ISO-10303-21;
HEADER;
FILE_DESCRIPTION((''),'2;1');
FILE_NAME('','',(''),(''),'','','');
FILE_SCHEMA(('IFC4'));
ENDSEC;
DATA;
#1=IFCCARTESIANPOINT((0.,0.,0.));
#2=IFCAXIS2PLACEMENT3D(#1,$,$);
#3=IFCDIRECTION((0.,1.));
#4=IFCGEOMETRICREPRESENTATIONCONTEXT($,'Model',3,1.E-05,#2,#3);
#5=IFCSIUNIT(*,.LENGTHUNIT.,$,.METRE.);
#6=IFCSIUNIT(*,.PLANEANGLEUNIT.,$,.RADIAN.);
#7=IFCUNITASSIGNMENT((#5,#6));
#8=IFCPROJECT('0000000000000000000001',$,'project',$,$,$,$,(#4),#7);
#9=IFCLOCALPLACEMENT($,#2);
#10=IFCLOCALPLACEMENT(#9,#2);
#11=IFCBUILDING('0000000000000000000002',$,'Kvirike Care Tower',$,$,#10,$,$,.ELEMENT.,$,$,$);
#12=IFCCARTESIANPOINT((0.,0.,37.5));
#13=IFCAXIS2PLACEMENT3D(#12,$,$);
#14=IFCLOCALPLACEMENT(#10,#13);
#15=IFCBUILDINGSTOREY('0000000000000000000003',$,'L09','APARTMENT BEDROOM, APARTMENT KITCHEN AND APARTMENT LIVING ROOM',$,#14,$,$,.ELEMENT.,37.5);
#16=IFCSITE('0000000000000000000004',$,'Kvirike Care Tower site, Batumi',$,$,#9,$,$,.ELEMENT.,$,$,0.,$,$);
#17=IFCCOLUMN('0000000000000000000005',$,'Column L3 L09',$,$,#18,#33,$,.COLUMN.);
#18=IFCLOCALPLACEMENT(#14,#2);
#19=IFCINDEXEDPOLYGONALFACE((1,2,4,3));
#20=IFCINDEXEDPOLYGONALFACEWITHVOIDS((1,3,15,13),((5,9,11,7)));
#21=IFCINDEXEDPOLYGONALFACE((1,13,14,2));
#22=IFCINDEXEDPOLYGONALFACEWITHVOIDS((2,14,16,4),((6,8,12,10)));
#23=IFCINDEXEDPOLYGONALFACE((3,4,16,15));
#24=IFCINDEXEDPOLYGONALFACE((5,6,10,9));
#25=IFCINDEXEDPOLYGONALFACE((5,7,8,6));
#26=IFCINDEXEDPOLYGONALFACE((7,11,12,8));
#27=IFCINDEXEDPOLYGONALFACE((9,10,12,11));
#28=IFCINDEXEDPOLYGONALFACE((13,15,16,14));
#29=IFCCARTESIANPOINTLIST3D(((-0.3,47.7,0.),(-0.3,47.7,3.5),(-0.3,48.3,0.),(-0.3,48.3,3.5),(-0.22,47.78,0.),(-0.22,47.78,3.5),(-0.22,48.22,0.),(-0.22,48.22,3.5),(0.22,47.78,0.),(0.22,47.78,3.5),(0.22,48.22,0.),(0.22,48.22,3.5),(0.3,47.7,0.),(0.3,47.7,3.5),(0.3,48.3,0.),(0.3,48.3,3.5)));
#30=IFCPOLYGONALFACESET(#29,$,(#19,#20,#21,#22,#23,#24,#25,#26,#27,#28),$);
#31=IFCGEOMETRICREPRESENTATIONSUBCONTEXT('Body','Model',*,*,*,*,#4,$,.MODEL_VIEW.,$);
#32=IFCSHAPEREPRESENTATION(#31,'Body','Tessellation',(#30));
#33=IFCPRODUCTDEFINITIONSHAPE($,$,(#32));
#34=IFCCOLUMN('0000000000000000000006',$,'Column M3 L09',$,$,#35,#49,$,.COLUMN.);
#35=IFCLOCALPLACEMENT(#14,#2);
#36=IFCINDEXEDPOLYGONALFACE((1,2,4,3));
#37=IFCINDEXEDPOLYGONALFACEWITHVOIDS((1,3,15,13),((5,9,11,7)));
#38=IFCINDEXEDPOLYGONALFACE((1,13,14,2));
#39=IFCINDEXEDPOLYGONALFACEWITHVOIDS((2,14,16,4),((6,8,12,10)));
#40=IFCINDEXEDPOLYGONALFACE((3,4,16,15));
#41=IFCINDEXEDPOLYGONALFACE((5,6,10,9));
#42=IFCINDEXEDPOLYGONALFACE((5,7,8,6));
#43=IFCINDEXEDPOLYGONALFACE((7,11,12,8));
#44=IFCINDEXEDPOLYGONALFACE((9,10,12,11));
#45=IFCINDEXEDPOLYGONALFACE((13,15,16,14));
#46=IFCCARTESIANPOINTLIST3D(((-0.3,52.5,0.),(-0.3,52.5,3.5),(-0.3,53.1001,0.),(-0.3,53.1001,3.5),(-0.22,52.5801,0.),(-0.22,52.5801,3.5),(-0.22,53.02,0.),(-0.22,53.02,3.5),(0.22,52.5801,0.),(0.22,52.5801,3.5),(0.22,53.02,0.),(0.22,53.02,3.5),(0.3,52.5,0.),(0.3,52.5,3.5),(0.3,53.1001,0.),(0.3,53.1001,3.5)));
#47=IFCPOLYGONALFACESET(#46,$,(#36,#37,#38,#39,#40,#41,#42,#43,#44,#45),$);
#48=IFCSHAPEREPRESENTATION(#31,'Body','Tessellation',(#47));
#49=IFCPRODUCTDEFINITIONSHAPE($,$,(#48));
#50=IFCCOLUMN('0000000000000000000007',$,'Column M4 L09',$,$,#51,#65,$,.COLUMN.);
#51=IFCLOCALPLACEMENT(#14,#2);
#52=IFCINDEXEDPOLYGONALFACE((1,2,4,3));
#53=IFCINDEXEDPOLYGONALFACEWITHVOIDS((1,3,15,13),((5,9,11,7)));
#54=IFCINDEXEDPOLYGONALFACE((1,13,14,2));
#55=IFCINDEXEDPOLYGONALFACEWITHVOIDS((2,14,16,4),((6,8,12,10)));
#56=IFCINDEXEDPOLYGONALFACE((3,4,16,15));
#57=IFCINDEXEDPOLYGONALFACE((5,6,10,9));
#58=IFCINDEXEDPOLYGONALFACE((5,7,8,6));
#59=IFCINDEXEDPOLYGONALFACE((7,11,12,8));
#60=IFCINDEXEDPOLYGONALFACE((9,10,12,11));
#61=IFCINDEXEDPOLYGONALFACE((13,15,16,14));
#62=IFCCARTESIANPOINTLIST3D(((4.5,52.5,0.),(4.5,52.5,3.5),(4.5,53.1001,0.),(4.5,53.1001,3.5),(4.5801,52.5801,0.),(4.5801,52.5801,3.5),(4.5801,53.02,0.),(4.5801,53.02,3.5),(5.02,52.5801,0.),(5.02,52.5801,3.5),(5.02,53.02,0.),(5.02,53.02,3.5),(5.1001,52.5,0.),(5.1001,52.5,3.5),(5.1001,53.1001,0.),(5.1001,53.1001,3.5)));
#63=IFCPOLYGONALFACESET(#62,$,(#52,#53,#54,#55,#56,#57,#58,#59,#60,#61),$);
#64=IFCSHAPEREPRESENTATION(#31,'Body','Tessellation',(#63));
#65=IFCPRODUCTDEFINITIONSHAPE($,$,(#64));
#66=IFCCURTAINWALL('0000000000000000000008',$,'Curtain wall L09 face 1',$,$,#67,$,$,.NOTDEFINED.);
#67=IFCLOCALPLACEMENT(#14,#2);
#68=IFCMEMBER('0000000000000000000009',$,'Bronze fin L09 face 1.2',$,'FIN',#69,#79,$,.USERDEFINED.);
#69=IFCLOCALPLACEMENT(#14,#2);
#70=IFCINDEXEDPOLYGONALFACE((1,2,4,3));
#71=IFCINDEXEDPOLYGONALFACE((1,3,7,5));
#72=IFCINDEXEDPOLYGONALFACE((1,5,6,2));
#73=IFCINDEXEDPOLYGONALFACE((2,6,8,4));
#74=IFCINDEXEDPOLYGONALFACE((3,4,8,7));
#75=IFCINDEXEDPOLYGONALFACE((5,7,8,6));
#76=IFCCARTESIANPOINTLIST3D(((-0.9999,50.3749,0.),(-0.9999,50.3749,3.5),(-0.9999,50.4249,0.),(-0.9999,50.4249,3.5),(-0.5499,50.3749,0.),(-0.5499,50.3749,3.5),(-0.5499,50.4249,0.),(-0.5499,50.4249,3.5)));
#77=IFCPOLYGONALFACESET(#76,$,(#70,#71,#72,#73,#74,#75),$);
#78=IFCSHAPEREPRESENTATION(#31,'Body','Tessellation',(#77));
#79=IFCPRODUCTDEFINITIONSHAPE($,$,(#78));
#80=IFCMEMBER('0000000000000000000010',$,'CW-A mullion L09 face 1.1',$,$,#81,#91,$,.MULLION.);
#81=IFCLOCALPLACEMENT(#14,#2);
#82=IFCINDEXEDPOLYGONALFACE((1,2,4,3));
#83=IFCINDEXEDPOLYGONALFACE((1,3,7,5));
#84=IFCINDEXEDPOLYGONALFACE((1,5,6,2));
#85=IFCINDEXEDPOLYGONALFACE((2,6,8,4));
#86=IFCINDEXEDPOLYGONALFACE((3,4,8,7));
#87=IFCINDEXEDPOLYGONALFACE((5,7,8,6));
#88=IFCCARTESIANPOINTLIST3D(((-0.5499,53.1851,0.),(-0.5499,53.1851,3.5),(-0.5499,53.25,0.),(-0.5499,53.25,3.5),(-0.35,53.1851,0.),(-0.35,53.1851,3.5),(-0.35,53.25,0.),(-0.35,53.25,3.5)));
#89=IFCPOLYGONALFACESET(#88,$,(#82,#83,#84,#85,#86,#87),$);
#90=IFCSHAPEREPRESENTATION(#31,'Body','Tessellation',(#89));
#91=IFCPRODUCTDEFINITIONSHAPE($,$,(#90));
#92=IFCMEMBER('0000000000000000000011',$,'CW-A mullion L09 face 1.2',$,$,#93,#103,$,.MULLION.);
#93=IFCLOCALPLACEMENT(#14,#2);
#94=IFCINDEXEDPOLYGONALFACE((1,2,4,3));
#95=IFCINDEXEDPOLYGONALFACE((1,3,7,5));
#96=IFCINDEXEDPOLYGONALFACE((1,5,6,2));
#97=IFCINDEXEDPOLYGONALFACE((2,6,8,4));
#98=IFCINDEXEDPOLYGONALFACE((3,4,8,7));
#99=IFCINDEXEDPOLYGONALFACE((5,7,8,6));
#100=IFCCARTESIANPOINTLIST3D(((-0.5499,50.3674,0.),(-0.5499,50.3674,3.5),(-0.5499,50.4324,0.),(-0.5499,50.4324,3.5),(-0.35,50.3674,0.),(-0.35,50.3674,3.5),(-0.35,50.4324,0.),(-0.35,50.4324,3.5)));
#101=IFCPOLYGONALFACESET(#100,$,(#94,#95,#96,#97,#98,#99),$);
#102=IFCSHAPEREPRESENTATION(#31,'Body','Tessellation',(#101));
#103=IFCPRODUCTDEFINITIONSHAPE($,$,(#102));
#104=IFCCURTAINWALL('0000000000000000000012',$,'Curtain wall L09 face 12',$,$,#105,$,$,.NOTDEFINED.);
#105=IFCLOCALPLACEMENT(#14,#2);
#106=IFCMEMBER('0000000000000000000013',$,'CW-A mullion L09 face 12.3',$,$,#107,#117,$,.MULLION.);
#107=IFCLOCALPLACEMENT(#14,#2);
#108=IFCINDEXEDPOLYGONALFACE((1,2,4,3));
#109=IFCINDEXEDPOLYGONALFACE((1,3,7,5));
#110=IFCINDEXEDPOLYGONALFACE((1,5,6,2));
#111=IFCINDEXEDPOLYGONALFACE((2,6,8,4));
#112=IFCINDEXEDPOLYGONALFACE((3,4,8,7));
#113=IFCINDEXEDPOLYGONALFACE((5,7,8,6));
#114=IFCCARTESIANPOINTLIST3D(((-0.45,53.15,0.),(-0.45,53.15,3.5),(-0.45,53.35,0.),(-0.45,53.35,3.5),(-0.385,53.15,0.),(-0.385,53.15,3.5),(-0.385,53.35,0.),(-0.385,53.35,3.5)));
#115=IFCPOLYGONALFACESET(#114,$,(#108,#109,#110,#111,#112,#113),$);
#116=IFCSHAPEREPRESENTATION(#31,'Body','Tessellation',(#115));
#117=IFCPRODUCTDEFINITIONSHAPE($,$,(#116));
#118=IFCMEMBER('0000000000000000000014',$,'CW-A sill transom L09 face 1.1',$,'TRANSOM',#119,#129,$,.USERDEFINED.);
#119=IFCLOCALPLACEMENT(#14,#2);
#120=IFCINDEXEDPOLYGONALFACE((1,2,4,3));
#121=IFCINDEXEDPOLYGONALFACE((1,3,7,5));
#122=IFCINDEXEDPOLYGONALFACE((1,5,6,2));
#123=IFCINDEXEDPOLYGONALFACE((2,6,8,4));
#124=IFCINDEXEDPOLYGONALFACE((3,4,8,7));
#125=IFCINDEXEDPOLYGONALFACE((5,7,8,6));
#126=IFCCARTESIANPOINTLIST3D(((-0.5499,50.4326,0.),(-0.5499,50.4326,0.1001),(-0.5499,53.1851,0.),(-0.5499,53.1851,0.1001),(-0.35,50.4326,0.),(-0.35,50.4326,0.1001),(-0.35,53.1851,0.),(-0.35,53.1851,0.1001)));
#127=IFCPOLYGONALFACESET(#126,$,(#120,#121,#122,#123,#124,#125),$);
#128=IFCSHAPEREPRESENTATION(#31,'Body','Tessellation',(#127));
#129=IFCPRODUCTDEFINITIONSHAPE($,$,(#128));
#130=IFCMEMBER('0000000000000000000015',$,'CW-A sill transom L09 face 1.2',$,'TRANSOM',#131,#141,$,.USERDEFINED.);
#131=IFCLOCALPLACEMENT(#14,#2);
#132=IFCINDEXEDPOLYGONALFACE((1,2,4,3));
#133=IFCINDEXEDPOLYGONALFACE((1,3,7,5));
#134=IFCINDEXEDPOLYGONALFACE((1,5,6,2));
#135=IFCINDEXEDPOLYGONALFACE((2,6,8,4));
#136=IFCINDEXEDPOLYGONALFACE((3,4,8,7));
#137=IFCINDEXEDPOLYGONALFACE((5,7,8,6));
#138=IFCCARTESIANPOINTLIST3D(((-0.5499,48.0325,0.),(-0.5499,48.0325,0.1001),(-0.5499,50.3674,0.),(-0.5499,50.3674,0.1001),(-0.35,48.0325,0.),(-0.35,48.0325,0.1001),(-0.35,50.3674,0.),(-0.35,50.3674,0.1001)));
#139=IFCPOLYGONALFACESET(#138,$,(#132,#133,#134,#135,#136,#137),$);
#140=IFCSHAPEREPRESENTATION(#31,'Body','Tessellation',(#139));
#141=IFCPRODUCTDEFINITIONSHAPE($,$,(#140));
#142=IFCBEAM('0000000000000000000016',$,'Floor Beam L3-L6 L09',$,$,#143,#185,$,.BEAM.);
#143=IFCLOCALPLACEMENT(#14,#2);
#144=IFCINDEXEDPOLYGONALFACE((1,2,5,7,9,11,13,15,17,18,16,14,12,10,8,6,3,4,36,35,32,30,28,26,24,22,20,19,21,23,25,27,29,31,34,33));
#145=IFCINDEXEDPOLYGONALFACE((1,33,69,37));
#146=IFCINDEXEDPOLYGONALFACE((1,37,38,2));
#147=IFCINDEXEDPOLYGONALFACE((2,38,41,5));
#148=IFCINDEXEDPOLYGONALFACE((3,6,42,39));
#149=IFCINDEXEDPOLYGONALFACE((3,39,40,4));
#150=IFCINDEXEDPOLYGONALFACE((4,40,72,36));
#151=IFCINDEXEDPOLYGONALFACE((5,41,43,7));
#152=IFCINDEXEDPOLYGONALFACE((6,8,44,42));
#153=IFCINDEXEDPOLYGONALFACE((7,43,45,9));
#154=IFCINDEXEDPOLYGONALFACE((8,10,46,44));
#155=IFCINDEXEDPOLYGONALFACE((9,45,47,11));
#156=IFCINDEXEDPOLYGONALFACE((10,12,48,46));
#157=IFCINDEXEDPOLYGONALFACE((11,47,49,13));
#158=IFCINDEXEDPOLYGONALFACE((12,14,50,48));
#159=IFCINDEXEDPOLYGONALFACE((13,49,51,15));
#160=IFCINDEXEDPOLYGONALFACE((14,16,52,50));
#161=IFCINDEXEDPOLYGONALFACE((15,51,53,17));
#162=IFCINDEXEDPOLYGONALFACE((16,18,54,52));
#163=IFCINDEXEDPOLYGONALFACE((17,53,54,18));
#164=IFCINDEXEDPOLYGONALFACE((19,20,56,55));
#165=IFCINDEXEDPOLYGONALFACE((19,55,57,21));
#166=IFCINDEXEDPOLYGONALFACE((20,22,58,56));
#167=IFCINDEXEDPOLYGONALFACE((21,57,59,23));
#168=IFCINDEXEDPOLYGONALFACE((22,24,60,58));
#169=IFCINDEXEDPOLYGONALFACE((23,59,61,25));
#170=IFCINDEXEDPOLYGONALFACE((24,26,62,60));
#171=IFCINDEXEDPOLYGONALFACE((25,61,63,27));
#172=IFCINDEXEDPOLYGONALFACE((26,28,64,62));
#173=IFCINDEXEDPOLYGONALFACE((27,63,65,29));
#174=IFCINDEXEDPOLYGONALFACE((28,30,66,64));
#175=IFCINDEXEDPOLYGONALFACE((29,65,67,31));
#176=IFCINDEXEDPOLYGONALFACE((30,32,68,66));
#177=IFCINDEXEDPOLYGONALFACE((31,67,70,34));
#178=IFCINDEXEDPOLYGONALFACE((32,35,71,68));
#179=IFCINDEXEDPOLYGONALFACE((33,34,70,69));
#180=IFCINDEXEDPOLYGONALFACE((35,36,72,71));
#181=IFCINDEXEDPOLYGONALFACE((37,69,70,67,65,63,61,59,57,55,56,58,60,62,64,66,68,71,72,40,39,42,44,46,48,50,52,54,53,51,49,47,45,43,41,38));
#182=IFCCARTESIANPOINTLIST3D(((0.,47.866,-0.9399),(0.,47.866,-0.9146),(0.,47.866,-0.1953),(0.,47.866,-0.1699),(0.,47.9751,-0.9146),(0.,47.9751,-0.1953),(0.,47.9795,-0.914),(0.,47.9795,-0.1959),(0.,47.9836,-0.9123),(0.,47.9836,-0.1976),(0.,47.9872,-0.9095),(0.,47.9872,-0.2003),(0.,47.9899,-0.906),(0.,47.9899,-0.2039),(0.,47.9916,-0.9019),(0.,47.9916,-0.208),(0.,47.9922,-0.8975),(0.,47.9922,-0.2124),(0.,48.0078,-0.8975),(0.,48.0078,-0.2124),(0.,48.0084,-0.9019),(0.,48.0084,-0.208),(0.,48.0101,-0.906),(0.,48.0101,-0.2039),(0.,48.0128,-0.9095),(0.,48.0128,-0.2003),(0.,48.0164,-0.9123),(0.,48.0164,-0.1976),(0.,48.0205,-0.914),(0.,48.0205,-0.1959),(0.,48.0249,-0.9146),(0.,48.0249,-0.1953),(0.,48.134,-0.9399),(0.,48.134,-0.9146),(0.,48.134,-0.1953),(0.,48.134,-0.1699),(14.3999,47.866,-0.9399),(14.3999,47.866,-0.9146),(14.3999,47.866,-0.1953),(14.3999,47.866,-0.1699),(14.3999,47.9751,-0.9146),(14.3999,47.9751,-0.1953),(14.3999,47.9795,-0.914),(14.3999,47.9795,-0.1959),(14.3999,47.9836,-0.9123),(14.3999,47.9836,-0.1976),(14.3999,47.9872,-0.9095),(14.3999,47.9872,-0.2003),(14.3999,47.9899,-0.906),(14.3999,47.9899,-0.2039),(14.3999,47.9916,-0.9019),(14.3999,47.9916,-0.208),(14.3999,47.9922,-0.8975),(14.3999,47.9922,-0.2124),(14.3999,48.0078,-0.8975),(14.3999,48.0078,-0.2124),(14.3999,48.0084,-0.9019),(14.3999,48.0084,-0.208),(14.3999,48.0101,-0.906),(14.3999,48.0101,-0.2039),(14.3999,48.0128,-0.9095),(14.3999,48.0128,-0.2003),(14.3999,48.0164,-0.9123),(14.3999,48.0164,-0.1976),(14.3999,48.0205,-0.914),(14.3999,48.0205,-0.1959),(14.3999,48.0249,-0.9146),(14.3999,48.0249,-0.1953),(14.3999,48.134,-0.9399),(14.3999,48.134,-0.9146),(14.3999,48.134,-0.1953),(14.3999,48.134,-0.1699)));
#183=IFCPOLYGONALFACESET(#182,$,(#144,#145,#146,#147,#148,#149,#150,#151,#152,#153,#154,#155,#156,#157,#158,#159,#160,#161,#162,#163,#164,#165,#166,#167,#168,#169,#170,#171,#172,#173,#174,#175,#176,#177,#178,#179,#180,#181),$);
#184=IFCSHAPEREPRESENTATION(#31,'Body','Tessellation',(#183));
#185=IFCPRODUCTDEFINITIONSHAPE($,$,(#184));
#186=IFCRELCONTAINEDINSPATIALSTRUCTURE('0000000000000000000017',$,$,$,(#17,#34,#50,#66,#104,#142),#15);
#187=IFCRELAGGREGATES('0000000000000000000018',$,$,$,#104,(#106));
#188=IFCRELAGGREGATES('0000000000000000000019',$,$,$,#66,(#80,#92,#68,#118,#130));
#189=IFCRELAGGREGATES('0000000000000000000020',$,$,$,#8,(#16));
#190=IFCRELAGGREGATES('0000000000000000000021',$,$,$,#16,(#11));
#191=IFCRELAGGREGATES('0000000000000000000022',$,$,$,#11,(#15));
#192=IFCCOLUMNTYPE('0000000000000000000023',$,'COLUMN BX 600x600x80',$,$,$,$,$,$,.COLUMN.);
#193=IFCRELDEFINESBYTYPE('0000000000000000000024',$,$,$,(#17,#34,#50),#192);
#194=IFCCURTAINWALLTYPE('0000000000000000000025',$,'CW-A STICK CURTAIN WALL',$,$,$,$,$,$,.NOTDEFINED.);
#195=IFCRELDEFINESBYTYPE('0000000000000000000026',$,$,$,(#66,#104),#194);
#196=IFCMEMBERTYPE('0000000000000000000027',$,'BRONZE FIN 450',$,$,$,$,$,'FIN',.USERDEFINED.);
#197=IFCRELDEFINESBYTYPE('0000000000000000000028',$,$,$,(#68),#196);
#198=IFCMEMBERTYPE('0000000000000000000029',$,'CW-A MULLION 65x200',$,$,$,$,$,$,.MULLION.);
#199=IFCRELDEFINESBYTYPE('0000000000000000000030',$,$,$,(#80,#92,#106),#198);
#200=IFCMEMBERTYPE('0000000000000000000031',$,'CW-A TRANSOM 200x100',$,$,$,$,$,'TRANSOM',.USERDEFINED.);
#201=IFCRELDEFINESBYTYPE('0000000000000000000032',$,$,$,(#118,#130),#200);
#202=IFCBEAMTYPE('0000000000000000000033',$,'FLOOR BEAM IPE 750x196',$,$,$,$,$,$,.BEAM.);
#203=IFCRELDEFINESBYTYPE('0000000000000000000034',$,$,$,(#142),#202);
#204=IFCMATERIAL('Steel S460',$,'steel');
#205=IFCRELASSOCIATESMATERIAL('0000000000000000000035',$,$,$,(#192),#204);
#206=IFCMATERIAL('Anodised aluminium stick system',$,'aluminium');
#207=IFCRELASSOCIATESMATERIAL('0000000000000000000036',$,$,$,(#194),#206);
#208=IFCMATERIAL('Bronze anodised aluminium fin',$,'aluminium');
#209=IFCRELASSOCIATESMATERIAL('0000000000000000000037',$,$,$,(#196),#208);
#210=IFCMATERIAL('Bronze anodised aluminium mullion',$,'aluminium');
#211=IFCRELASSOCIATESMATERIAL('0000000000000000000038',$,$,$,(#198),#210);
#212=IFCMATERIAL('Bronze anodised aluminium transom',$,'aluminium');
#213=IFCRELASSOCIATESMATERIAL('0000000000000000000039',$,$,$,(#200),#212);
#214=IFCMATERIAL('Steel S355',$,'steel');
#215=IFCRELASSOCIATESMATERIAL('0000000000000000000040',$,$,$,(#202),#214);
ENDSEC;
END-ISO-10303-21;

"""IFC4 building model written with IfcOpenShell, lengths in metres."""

from ifc_helpers import new_model, si_unit, direction, frame, origin, origin_2d, place, context, subcontext, project, spatial, rectangle, hollow_rectangle, i_section, extrude, material, material_profile, profile_set, type_object, element, aggregate, save


model = new_model("IFC4")

# Units and contexts
model_context = context("Model", 3, precision=1e-05, world=origin(), true_north=direction((0.0, 1.0)))
body_context = subcontext(model_context, "Body", "Model", "MODEL_VIEW")
ifc_project = project(units=[si_unit("LENGTHUNIT", "METRE"), si_unit("PLANEANGLEUNIT", "RADIAN")], contexts=[model_context])

# Site, building, storey
site_placement = place(None, origin())
site = spatial("IfcSite", under=ifc_project, at=site_placement, Name="Kvirike Care Tower site, Batumi", CompositionType="ELEMENT", RefElevation=0.0)
building_placement = place(site_placement, origin())
building = spatial("IfcBuilding", under=site, at=building_placement, Name="Kvirike Care Tower", CompositionType="ELEMENT")
storey_placement = place(building_placement, frame((0.0, 0.0, 37.5)))
storey = spatial("IfcBuildingStorey", under=building, at=storey_placement, Name="L09", Description="APARTMENT BEDROOM, APARTMENT KITCHEN AND APARTMENT LIVING ROOM", CompositionType="ELEMENT", Elevation=37.5)

# Columns
ifc_material_1 = material(Name="Steel S460", Category="steel")
ifc_material_profile_1 = material_profile(ifc_material_1, hollow_rectangle(XDim=0.6001, YDim=0.6001, WallThickness=0.0801, at=origin_2d()), Name="BX 600x600x80")
ifc_profile_set_1 = profile_set([ifc_material_profile_1], Name="Steel S460")
column_type = type_object("IfcColumnType", Name="COLUMN BX 600x600x80", PredefinedType="COLUMN", material=ifc_profile_set_1)
for number, where, z_axis, x_axis, name in (
    (1, (0.0, 48.0, 0.0), (0.0, 0.0, 1.0), (1.0, 0.0, 0.0), "Column L3 L09"),
    (2, (0.0, 52.8, 0.0), (0.0, 0.0, 1.0), (0.0, 1.0, 0.0), "Column M3 L09"),
    (3, (4.8, 52.8, 0.0), (0.0, 0.0, 1.0), (0.0, 1.0, 0.0), "Column M4 L09"),
):
    element("IfcColumn", number, at=place(storey_placement, frame(where, z_axis=z_axis, x_axis=x_axis)), inside=storey, type_object=column_type, Name=name, PredefinedType="COLUMN", context=body_context, shape_type="SweptSolid", body=[
        extrude(hollow_rectangle(XDim=0.6001, YDim=0.6001, WallThickness=0.0801, at=origin_2d()), origin(), (0.0, 0.0, 1.0), 3.5),
    ])

# Curtain wall, members
ifc_material_2 = material(Name="Anodised aluminium stick system", Category="aluminium")
curtain_wall_type = type_object("IfcCurtainWallType", Name="CW-A STICK CURTAIN WALL", PredefinedType="NOTDEFINED", material=ifc_material_2)
curtain_wall_1_placement = place(storey_placement, origin())
curtain_wall_1 = element("IfcCurtainWall", 4, at=curtain_wall_1_placement, inside=storey, type_object=curtain_wall_type, Name="Curtain wall L09 face 1", PredefinedType="NOTDEFINED")
ifc_material_3 = material(Name="Bronze anodised aluminium fin", Category="aluminium")
ifc_material_profile_2 = material_profile(ifc_material_3, rectangle(XDim=0.05, YDim=0.45, at=origin_2d()), Name="BRONZE FIN 450")
ifc_profile_set_2 = profile_set([ifc_material_profile_2], Name="Bronze anodised aluminium fin")
member_type_1 = type_object("IfcMemberType", Name="BRONZE FIN 450", ElementType="FIN", PredefinedType="USERDEFINED", material=ifc_profile_set_2)
member_1_placement = place(storey_placement, frame((-0.7749, 50.3999, 0.0), z_axis=(0.0, 0.0, 1.0), x_axis=(0.0, -1.0, 0.0)))
member_1 = element("IfcMember", 5, at=member_1_placement, type_object=member_type_1, Name="Bronze fin L09 face 1.2", ObjectType="FIN", PredefinedType="USERDEFINED", context=body_context, shape_type="SweptSolid", body=[
    extrude(rectangle(XDim=0.05, YDim=0.45, at=origin_2d()), origin(), (0.0, 0.0, 1.0), 3.5),
])
ifc_material_4 = material(Name="Bronze anodised aluminium mullion", Category="aluminium")
ifc_material_profile_3 = material_profile(ifc_material_4, rectangle(XDim=0.0649, YDim=0.2, at=origin_2d()), Name="CW-A MULLION 65x200")
ifc_profile_set_3 = profile_set([ifc_material_profile_3], Name="Bronze anodised aluminium mullion")
member_type_2 = type_object("IfcMemberType", Name="CW-A MULLION 65x200", PredefinedType="MULLION", material=ifc_profile_set_3)
member_2_placement = place(storey_placement, frame((-0.45, 53.2175, 0.0), z_axis=(0.0, 0.0, 1.0), x_axis=(0.0, -1.0, 0.0)))
member_2 = element("IfcMember", 6, at=member_2_placement, type_object=member_type_2, Name="CW-A mullion L09 face 1.1", PredefinedType="MULLION", context=body_context, shape_type="SweptSolid", body=[
    extrude(rectangle(XDim=0.0649, YDim=0.2, at=origin_2d()), origin(), (0.0, 0.0, 1.0), 3.5),
])
member_3_placement = place(storey_placement, frame((-0.45, 50.3999, 0.0), z_axis=(0.0, 0.0, 1.0), x_axis=(0.0, -1.0, 0.0)))
member_3 = element("IfcMember", 7, at=member_3_placement, type_object=member_type_2, Name="CW-A mullion L09 face 1.2", PredefinedType="MULLION", context=body_context, shape_type="SweptSolid", body=[
    extrude(rectangle(XDim=0.0649, YDim=0.2, at=origin_2d()), origin(), (0.0, 0.0, 1.0), 3.5),
])

# Curtain wall, member
curtain_wall_2_placement = place(storey_placement, origin())
curtain_wall_2 = element("IfcCurtainWall", 8, at=curtain_wall_2_placement, inside=storey, type_object=curtain_wall_type, Name="Curtain wall L09 face 12", PredefinedType="NOTDEFINED")
member_4_placement = place(storey_placement, frame((-0.4175, 53.25, 0.0), z_axis=(0.0, 0.0, 1.0), x_axis=(-1.0, 0.0, 0.0)))
member_4 = element("IfcMember", 9, at=member_4_placement, type_object=member_type_2, Name="CW-A mullion L09 face 12.3", PredefinedType="MULLION", context=body_context, shape_type="SweptSolid", body=[
    extrude(rectangle(XDim=0.0649, YDim=0.2, at=origin_2d()), origin(), (0.0, 0.0, 1.0), 3.5),
])
aggregate(curtain_wall_2, [member_4])

# Members
ifc_material_5 = material(Name="Bronze anodised aluminium transom", Category="aluminium")
ifc_material_profile_4 = material_profile(ifc_material_5, rectangle(XDim=0.2, YDim=0.1001, at=origin_2d()), Name="CW-A TRANSOM 200x100")
ifc_profile_set_4 = profile_set([ifc_material_profile_4], Name="Bronze anodised aluminium transom")
member_type_3 = type_object("IfcMemberType", Name="CW-A TRANSOM 200x100", ElementType="TRANSOM", PredefinedType="USERDEFINED", material=ifc_profile_set_4)
member_5_placement = place(storey_placement, frame((-0.45, 53.1851, 0.05), z_axis=(0.0, -1.0, 0.0), x_axis=(1.0, 0.0, 0.0)))
member_5 = element("IfcMember", 10, at=member_5_placement, type_object=member_type_3, Name="CW-A sill transom L09 face 1.1", ObjectType="TRANSOM", PredefinedType="USERDEFINED", context=body_context, shape_type="SweptSolid", body=[
    extrude(rectangle(XDim=0.2, YDim=0.1001, at=origin_2d()), origin(), (0.0, 0.0, 1.0), 2.7524),
])
member_6_placement = place(storey_placement, frame((-0.45, 50.3674, 0.05), z_axis=(0.0, -1.0, 0.0), x_axis=(1.0, 0.0, 0.0)))
member_6 = element("IfcMember", 11, at=member_6_placement, type_object=member_type_3, Name="CW-A sill transom L09 face 1.2", ObjectType="TRANSOM", PredefinedType="USERDEFINED", context=body_context, shape_type="SweptSolid", body=[
    extrude(rectangle(XDim=0.2, YDim=0.1001, at=origin_2d()), origin(), (0.0, 0.0, 1.0), 2.335),
])

# Beam
ifc_material_6 = material(Name="Steel S355", Category="steel")
ifc_material_profile_5 = material_profile(ifc_material_6, i_section(OverallWidth=0.2681, OverallDepth=0.77, WebThickness=0.0156, FlangeThickness=0.0254, FilletRadius=0.0171, at=origin_2d()), Name="IPE 750x196")
ifc_profile_set_5 = profile_set([ifc_material_profile_5], Name="Steel S355")
beam_type_1 = type_object("IfcBeamType", Name="FLOOR BEAM IPE 750x196", PredefinedType="BEAM", material=ifc_profile_set_5)
beam_1_placement = place(storey_placement, frame((0.0, 48.0, -0.5549), z_axis=(1.0, 0.0, 0.0), x_axis=(0.0, 1.0, 0.0)))
element("IfcBeam", 12, at=beam_1_placement, inside=storey, type_object=beam_type_1, Name="Floor Beam L3-L6 L09", PredefinedType="BEAM", context=body_context, shape_type="SweptSolid", body=[
    extrude(i_section(OverallWidth=0.2681, OverallDepth=0.77, WebThickness=0.0156, FlangeThickness=0.0254, FilletRadius=0.0171, at=origin_2d()), origin(), (0.0, 0.0, 1.0), 14.3999),
])

aggregate(curtain_wall_1, [member_2, member_3, member_1, member_5, member_6])

save(model, "model.ifc")
